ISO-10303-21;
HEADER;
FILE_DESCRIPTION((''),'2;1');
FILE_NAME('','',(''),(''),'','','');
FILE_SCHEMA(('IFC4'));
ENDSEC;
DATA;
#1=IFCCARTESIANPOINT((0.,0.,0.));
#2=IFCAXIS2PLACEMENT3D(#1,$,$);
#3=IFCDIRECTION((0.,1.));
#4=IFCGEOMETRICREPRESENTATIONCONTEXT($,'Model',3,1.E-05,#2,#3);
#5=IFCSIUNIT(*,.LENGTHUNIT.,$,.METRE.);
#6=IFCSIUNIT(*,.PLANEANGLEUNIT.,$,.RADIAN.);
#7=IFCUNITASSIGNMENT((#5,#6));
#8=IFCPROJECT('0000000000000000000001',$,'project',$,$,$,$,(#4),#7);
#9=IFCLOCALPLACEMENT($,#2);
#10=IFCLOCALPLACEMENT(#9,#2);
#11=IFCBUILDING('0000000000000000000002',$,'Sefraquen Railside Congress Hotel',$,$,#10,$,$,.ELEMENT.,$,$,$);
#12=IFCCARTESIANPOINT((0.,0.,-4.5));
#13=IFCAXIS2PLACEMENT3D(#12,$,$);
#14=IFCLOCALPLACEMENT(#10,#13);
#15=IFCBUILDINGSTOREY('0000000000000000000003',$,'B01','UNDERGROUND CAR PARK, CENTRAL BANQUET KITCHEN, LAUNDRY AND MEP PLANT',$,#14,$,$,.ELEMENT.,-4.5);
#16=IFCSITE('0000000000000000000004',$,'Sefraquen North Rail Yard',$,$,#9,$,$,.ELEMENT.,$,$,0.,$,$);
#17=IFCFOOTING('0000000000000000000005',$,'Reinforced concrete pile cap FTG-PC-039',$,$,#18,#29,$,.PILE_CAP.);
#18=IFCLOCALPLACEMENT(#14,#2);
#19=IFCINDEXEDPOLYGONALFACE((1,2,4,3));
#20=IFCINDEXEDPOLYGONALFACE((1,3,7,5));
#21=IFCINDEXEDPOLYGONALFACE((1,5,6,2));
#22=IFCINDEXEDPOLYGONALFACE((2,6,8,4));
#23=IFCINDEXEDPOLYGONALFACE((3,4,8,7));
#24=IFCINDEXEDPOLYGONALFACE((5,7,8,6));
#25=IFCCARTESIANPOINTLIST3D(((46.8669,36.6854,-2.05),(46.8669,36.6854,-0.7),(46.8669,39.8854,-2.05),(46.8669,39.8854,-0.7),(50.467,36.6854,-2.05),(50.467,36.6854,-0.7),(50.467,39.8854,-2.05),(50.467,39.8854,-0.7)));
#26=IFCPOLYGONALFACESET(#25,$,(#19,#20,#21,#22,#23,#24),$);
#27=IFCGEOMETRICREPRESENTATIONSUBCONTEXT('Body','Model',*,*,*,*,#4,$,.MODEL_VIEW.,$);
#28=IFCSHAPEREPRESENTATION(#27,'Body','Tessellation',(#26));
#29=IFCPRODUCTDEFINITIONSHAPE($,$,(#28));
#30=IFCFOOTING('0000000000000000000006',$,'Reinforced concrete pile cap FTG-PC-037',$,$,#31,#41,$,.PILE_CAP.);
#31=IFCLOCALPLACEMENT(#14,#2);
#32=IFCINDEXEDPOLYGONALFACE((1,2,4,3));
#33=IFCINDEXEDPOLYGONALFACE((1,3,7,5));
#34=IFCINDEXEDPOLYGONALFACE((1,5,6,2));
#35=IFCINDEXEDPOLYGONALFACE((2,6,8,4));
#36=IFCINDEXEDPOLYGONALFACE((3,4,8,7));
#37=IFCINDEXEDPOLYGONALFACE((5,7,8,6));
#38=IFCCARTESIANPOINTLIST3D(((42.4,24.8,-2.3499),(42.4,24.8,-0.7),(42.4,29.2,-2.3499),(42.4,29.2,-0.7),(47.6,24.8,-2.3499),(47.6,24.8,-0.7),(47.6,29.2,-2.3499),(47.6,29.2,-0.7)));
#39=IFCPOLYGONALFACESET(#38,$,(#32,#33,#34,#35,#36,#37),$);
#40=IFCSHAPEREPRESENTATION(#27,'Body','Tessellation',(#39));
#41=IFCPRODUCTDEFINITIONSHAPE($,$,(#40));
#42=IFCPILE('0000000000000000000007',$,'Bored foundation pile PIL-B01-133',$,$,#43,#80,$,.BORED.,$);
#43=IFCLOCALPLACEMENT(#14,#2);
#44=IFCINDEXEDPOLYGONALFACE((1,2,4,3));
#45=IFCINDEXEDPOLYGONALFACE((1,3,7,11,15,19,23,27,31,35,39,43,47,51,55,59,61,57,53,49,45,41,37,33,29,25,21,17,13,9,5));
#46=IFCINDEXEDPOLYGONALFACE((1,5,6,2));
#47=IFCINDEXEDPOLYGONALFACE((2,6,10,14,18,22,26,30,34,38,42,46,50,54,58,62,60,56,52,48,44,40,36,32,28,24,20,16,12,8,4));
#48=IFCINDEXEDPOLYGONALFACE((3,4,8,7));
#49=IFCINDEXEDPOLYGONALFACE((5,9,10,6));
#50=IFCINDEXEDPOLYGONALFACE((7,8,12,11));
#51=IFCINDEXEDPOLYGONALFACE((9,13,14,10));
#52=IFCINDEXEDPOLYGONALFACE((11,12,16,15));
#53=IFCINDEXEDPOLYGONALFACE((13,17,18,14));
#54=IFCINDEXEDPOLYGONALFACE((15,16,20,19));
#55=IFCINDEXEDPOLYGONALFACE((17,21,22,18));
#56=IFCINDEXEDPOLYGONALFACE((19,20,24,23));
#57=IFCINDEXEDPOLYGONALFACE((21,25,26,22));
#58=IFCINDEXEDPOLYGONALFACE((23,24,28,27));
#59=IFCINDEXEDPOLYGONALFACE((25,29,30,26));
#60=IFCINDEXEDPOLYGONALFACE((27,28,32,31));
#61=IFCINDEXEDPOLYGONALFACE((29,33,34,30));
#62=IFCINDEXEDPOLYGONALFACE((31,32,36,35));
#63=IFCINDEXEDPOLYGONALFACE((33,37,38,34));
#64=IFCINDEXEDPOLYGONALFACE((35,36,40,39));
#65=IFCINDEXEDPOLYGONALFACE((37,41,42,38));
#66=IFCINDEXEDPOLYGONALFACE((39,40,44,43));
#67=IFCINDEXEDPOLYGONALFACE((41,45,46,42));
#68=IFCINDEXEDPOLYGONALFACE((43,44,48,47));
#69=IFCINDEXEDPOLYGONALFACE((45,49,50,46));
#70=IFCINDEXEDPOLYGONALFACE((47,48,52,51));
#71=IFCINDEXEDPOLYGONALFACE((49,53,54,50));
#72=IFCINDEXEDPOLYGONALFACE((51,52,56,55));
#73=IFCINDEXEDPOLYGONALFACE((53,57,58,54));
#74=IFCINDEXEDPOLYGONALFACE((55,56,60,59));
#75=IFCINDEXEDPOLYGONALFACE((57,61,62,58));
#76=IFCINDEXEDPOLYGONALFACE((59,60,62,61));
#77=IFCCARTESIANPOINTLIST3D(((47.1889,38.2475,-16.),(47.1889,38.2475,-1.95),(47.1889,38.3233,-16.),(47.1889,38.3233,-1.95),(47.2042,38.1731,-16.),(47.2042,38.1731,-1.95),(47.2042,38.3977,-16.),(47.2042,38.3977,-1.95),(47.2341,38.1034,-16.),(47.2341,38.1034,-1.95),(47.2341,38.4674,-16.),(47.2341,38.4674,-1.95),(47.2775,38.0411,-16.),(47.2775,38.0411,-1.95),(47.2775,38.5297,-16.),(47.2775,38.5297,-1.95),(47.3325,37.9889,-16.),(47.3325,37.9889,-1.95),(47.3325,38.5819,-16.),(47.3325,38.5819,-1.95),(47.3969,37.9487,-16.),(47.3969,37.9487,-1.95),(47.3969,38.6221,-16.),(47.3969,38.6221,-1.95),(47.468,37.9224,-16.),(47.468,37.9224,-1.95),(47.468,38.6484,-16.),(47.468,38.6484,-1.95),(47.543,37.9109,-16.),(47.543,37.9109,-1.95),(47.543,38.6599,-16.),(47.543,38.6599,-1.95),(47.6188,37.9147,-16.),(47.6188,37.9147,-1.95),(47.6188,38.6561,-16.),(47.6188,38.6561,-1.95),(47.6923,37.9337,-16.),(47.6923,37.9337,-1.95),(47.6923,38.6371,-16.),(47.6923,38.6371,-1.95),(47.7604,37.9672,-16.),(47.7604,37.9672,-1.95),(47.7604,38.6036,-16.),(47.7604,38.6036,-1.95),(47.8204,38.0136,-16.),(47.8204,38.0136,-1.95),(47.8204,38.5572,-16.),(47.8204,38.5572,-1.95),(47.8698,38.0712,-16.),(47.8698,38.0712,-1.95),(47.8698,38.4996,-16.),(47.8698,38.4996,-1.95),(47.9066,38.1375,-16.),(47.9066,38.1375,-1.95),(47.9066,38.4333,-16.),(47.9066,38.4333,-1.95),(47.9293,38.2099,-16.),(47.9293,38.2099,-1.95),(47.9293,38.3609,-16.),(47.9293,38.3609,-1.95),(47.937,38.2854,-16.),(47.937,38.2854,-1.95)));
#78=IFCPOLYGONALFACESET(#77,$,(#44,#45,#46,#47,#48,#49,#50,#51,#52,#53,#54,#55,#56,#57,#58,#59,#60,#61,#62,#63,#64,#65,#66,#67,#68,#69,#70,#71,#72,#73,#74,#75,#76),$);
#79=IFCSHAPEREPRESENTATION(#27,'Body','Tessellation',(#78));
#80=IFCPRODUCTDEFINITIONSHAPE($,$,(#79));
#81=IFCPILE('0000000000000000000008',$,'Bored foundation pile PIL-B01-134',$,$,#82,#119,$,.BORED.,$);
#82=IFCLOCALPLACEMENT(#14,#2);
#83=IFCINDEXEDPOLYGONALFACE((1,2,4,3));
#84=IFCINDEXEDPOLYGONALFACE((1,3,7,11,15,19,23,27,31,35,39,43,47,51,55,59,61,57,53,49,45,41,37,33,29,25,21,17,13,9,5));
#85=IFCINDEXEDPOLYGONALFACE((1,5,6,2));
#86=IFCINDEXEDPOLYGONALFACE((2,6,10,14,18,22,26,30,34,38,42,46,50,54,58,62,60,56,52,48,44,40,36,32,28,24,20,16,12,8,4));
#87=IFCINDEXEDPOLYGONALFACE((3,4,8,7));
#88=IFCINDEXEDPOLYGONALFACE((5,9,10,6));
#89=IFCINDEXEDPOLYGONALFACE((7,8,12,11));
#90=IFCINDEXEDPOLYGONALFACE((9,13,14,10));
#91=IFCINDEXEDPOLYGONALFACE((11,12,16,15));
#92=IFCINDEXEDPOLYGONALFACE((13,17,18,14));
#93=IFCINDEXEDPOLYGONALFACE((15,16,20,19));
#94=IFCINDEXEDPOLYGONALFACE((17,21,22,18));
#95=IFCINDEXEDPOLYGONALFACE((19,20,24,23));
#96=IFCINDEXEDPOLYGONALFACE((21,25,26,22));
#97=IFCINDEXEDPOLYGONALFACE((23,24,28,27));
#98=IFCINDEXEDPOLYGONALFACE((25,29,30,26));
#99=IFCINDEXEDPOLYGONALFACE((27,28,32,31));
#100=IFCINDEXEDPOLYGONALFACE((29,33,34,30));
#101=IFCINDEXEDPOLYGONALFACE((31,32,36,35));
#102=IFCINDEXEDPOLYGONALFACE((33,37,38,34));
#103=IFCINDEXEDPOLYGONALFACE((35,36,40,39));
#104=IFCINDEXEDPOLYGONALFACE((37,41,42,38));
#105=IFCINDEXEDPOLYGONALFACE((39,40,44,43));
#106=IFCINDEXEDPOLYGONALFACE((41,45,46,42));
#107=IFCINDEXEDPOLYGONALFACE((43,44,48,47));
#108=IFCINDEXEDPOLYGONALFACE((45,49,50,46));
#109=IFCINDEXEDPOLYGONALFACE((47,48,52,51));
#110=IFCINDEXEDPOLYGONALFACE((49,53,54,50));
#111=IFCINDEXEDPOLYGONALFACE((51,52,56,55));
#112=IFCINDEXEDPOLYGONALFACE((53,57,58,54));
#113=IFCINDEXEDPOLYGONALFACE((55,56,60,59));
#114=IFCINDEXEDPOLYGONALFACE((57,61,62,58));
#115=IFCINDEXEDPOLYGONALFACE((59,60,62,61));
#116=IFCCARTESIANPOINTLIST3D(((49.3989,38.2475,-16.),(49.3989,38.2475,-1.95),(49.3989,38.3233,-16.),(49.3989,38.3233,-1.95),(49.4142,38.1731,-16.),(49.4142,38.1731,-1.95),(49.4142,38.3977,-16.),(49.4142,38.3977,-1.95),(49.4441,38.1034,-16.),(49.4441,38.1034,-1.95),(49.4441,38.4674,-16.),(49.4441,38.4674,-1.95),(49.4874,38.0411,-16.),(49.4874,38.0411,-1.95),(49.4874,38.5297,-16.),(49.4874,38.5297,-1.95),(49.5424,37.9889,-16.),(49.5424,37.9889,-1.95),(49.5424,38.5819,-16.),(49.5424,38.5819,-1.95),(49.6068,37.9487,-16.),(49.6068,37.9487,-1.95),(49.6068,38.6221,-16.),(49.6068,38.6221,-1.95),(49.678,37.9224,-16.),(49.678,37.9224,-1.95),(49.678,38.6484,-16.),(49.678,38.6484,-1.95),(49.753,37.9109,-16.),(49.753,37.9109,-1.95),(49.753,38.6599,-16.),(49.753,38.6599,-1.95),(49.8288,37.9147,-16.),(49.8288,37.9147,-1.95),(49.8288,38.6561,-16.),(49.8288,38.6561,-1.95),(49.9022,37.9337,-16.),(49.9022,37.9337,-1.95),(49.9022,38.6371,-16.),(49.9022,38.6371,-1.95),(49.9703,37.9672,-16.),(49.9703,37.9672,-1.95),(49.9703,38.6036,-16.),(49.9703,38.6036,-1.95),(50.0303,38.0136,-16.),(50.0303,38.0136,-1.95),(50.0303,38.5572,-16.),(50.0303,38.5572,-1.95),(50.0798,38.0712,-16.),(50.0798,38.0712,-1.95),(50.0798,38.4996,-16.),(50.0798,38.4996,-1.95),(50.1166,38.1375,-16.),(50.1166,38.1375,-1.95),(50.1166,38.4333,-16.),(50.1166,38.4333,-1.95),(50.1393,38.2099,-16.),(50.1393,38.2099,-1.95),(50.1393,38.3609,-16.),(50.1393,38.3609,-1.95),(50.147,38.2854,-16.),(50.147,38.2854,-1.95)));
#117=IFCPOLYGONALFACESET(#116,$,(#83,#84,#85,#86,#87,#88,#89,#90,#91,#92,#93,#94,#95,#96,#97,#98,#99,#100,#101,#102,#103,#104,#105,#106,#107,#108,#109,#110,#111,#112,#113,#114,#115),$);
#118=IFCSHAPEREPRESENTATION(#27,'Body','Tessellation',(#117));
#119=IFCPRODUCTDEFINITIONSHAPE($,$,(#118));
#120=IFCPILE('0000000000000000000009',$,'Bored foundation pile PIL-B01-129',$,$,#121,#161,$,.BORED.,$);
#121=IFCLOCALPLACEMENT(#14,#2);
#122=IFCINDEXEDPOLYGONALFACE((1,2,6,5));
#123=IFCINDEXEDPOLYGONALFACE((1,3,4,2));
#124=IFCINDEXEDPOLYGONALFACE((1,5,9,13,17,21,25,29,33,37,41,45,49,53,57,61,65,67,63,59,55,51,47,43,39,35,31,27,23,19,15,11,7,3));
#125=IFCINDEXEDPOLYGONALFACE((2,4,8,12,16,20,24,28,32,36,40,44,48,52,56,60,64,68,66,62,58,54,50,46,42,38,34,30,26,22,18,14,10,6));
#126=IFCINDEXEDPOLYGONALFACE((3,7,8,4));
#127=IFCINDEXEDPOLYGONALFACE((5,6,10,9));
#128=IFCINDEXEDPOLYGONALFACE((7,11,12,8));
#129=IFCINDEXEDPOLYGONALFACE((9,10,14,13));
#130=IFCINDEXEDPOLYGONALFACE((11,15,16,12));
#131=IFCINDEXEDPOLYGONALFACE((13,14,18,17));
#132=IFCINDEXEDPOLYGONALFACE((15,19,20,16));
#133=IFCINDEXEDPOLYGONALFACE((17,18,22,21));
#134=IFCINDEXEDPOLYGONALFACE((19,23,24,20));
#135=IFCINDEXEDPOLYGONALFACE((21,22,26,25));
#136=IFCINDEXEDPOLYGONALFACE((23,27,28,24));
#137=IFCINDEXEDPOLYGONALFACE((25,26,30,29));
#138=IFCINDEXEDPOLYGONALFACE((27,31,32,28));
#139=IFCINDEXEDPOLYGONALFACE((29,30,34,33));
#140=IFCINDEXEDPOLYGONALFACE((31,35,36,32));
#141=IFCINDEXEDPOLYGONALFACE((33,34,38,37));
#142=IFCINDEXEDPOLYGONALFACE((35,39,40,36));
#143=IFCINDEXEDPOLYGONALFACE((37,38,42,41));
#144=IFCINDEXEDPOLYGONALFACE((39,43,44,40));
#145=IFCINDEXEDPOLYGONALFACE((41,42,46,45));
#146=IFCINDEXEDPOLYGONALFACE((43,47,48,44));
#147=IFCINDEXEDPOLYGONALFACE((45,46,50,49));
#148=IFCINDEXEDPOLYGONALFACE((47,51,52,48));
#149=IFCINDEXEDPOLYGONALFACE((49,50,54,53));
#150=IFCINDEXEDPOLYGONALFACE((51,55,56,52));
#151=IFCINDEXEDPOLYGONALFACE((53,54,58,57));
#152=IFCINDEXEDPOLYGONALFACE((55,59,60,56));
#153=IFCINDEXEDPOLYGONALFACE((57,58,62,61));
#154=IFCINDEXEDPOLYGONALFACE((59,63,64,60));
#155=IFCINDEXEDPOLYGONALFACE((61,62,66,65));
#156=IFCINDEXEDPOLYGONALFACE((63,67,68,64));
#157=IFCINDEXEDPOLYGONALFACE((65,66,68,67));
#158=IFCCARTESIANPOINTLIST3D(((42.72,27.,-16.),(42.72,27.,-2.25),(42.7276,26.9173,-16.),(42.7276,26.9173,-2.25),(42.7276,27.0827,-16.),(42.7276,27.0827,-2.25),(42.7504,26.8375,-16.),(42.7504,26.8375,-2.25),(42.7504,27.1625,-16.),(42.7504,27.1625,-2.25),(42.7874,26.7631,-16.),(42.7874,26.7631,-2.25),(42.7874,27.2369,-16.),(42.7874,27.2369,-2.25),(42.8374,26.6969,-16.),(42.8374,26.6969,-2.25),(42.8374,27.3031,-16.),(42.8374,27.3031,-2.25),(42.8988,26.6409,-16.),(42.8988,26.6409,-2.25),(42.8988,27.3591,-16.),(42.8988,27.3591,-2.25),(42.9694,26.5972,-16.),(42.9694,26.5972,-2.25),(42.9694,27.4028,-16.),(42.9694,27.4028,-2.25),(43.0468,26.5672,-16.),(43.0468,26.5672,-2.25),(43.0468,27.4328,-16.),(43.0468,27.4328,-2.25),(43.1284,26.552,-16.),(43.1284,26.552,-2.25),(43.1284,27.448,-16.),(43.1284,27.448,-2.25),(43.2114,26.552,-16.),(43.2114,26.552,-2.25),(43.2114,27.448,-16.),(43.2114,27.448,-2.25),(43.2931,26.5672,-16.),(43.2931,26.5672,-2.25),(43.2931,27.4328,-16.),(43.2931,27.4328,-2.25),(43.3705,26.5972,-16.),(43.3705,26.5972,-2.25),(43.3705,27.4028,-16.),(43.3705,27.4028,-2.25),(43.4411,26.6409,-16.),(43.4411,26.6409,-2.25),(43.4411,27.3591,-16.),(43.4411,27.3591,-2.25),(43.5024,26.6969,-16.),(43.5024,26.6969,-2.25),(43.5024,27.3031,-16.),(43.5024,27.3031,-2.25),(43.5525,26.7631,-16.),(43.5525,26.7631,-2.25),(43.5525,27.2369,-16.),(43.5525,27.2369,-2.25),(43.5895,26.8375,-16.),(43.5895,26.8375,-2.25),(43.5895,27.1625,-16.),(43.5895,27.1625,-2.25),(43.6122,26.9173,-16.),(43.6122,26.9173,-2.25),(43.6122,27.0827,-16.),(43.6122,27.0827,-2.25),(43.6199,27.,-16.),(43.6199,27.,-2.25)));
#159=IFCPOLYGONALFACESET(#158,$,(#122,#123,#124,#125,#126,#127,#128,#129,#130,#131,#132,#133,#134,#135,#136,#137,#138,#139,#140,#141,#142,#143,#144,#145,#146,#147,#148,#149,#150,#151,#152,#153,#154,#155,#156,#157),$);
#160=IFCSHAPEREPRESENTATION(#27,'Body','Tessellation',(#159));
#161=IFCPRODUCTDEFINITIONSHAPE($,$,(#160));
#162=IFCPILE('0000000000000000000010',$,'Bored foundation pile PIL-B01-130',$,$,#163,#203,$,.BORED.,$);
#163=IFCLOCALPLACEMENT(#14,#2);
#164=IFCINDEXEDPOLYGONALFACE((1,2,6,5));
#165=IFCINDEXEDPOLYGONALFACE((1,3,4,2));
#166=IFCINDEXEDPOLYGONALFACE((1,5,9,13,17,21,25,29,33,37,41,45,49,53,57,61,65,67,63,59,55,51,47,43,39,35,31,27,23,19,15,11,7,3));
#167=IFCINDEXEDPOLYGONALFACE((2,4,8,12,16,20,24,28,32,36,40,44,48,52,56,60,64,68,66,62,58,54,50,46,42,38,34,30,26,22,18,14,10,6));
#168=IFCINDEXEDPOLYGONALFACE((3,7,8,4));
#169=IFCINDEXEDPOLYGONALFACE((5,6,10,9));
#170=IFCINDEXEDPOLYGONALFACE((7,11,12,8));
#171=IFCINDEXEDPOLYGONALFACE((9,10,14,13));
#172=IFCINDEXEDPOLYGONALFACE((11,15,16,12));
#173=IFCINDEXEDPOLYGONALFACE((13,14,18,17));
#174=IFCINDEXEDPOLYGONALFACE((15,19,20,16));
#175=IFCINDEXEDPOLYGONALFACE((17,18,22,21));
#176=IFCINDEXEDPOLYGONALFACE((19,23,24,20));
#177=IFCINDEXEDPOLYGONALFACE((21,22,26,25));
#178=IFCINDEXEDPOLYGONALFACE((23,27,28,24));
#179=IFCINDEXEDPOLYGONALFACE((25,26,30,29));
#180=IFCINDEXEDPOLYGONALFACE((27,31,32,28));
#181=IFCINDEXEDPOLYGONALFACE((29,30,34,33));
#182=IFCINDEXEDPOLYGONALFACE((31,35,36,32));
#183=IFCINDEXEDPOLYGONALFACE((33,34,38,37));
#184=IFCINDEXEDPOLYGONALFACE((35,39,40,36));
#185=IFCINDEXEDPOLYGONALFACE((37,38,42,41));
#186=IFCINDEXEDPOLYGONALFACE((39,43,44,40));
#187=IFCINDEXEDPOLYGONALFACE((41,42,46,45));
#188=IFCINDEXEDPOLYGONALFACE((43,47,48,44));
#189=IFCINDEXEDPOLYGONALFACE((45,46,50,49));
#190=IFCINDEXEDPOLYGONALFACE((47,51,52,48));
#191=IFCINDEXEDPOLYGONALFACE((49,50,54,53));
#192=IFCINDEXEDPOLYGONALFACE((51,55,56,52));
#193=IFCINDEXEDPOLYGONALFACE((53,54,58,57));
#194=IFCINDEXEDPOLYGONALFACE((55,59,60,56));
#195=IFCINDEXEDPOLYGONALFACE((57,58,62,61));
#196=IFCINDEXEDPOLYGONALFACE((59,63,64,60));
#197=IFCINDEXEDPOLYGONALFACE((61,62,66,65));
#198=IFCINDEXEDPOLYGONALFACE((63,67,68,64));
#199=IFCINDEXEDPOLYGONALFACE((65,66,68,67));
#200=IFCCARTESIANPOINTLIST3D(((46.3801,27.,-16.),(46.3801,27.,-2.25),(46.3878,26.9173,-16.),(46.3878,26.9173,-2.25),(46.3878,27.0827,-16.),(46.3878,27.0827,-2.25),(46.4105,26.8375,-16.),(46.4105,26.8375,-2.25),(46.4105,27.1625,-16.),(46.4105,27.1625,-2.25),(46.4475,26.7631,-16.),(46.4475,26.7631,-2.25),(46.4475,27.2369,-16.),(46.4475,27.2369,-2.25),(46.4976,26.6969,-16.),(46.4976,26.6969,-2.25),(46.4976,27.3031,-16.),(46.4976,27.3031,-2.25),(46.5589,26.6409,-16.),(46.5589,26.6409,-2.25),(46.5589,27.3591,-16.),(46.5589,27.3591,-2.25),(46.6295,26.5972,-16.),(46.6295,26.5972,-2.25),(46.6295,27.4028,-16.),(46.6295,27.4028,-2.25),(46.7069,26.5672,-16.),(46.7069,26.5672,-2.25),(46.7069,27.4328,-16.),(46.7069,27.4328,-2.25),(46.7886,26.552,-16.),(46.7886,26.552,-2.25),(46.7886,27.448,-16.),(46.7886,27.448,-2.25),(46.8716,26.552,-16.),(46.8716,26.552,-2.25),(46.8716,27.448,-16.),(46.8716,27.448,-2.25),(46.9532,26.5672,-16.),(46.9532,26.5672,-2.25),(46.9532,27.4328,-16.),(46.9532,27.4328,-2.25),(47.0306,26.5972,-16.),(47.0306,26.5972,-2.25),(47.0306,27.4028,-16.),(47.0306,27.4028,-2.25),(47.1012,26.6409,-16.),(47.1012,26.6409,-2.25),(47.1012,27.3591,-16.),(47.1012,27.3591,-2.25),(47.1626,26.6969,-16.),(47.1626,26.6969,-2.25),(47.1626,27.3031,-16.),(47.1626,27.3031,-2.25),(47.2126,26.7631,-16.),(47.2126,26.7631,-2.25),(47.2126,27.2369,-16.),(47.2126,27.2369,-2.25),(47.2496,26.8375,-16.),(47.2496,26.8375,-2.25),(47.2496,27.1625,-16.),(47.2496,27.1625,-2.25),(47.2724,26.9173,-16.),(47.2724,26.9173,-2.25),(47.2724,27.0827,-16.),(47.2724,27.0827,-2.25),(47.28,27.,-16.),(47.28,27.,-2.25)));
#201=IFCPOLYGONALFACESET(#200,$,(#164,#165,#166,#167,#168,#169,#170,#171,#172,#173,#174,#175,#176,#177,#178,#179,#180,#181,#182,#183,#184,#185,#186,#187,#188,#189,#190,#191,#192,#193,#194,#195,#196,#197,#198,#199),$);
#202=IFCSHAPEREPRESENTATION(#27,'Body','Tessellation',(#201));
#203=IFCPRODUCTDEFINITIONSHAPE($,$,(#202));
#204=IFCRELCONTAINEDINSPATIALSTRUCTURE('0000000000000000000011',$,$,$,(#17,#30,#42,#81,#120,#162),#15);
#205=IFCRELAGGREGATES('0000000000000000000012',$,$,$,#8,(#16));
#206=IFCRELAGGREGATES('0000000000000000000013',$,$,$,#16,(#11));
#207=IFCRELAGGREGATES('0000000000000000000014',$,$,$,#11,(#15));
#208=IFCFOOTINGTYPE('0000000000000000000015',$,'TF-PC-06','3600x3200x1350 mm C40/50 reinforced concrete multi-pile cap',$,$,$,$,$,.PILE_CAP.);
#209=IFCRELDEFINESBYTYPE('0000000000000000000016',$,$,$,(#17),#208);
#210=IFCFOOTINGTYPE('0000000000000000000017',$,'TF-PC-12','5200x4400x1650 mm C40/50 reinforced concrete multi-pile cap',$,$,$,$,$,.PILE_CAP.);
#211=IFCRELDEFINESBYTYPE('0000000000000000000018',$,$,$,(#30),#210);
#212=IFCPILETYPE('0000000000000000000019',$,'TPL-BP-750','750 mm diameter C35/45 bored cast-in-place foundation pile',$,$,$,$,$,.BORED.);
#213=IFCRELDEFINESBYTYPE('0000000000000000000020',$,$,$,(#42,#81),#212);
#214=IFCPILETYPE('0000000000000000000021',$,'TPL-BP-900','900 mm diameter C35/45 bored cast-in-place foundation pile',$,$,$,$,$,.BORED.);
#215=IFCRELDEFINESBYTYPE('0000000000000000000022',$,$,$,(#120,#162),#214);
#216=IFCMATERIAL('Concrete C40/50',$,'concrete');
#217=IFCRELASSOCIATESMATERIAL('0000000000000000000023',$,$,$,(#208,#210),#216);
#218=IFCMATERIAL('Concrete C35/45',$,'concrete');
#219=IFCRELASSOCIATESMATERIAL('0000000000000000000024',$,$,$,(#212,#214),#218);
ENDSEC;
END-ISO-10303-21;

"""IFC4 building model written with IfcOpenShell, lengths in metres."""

from ifc_helpers import new_model, si_unit, direction, frame, origin, origin_2d, place, context, subcontext, project, spatial, rectangle, circle, extrude, material, material_profile, profile_set, type_object, element, save


model = new_model("IFC4")

# Units and contexts
model_context = context("Model", 3, precision=1e-05, world=origin(), true_north=direction((0.0, 1.0)))
body_context = subcontext(model_context, "Body", "Model", "MODEL_VIEW")
ifc_project = project(units=[si_unit("LENGTHUNIT", "METRE"), si_unit("PLANEANGLEUNIT", "RADIAN")], contexts=[model_context])

# Site, building, storey
site_placement = place(None, origin())
site = spatial("IfcSite", under=ifc_project, at=site_placement, Name="Sefraquen North Rail Yard", CompositionType="ELEMENT", RefElevation=0.0)
building_placement = place(site_placement, origin())
building = spatial("IfcBuilding", under=site, at=building_placement, Name="Sefraquen Railside Congress Hotel", CompositionType="ELEMENT")
storey_placement = place(building_placement, frame((0.0, 0.0, -4.5)))
storey = spatial("IfcBuildingStorey", under=building, at=storey_placement, Name="B01", Description="UNDERGROUND CAR PARK, CENTRAL BANQUET KITCHEN, LAUNDRY AND MEP PLANT", CompositionType="ELEMENT", Elevation=-4.5)

# Footings
ifc_material_1 = material(Name="Concrete C40/50", Category="concrete")
footing_type_1 = type_object("IfcFootingType", Name="TF-PC-06", Description="3600x3200x1350 mm C40/50 reinforced concrete multi-pile cap", PredefinedType="PILE_CAP", material=ifc_material_1)
footing_1_placement = place(storey_placement, frame((48.667, 38.2854, -2.05), z_axis=(0.0, 0.0, 1.0), x_axis=(1.0, 0.0, 0.0)))
element("IfcFooting", 1, at=footing_1_placement, inside=storey, type_object=footing_type_1, Name="Reinforced concrete pile cap FTG-PC-039", PredefinedType="PILE_CAP", context=body_context, shape_type="SweptSolid", body=[
    extrude(rectangle(XDim=3.6001, YDim=3.2, at=origin_2d()), origin(), (0.0, 0.0, 1.0), 1.3501),
])
footing_type_2 = type_object("IfcFootingType", Name="TF-PC-12", Description="5200x4400x1650 mm C40/50 reinforced concrete multi-pile cap", PredefinedType="PILE_CAP", material=ifc_material_1)
footing_2_placement = place(storey_placement, frame((45.0, 27.0, -2.3499), z_axis=(0.0, 0.0, 1.0), x_axis=(1.0, 0.0, 0.0)))
element("IfcFooting", 2, at=footing_2_placement, inside=storey, type_object=footing_type_2, Name="Reinforced concrete pile cap FTG-PC-037", PredefinedType="PILE_CAP", context=body_context, shape_type="SweptSolid", body=[
    extrude(rectangle(XDim=5.2, YDim=4.3999, at=origin_2d()), origin(), (0.0, 0.0, 1.0), 1.6499),
])

# Piles
ifc_material_2 = material(Name="Concrete C35/45", Category="concrete")
ifc_material_profile_1 = material_profile(ifc_material_2, circle(Radius=0.375, at=origin_2d()), Name="BORED PILE 750")
ifc_profile_set_1 = profile_set([ifc_material_profile_1], Name="Concrete C35/45")
pile_type_1 = type_object("IfcPileType", Name="TPL-BP-750", Description="750 mm diameter C35/45 bored cast-in-place foundation pile", PredefinedType="BORED", material=ifc_profile_set_1)
for number, where, z_axis, x_axis, name in (
    (3, (47.562, 38.2854, -1.95), (0.0, 0.0, -1.0), (1.0, 0.0, 0.0), "Bored foundation pile PIL-B01-133"),
    (4, (49.772, 38.2854, -1.95), (0.0, 0.0, -1.0), (1.0, 0.0, 0.0), "Bored foundation pile PIL-B01-134"),
):
    element("IfcPile", number, at=place(storey_placement, frame(where, z_axis=z_axis, x_axis=x_axis)), inside=storey, type_object=pile_type_1, Name=name, PredefinedType="BORED", context=body_context, shape_type="SweptSolid", body=[
        extrude(circle(Radius=0.375, at=origin_2d()), origin(), (0.0, 0.0, 1.0), 14.05),
    ])
ifc_material_profile_2 = material_profile(ifc_material_2, circle(Radius=0.45, at=origin_2d()), Name="BORED PILE 900")
ifc_profile_set_2 = profile_set([ifc_material_profile_2], Name="Concrete C35/45")
pile_type_2 = type_object("IfcPileType", Name="TPL-BP-900", Description="900 mm diameter C35/45 bored cast-in-place foundation pile", PredefinedType="BORED", material=ifc_profile_set_2)
for number, where, z_axis, x_axis, name in (
    (5, (43.1699, 27.0, -2.25), (0.0, 0.0, -1.0), (1.0, 0.0, 0.0), "Bored foundation pile PIL-B01-129"),
    (6, (46.8301, 27.0, -2.25), (0.0, 0.0, -1.0), (1.0, 0.0, 0.0), "Bored foundation pile PIL-B01-130"),
):
    element("IfcPile", number, at=place(storey_placement, frame(where, z_axis=z_axis, x_axis=x_axis)), inside=storey, type_object=pile_type_2, Name=name, PredefinedType="BORED", context=body_context, shape_type="SweptSolid", body=[
        extrude(circle(Radius=0.45, at=origin_2d()), origin(), (0.0, 0.0, 1.0), 13.75),
    ])

save(model, "model.ifc")
